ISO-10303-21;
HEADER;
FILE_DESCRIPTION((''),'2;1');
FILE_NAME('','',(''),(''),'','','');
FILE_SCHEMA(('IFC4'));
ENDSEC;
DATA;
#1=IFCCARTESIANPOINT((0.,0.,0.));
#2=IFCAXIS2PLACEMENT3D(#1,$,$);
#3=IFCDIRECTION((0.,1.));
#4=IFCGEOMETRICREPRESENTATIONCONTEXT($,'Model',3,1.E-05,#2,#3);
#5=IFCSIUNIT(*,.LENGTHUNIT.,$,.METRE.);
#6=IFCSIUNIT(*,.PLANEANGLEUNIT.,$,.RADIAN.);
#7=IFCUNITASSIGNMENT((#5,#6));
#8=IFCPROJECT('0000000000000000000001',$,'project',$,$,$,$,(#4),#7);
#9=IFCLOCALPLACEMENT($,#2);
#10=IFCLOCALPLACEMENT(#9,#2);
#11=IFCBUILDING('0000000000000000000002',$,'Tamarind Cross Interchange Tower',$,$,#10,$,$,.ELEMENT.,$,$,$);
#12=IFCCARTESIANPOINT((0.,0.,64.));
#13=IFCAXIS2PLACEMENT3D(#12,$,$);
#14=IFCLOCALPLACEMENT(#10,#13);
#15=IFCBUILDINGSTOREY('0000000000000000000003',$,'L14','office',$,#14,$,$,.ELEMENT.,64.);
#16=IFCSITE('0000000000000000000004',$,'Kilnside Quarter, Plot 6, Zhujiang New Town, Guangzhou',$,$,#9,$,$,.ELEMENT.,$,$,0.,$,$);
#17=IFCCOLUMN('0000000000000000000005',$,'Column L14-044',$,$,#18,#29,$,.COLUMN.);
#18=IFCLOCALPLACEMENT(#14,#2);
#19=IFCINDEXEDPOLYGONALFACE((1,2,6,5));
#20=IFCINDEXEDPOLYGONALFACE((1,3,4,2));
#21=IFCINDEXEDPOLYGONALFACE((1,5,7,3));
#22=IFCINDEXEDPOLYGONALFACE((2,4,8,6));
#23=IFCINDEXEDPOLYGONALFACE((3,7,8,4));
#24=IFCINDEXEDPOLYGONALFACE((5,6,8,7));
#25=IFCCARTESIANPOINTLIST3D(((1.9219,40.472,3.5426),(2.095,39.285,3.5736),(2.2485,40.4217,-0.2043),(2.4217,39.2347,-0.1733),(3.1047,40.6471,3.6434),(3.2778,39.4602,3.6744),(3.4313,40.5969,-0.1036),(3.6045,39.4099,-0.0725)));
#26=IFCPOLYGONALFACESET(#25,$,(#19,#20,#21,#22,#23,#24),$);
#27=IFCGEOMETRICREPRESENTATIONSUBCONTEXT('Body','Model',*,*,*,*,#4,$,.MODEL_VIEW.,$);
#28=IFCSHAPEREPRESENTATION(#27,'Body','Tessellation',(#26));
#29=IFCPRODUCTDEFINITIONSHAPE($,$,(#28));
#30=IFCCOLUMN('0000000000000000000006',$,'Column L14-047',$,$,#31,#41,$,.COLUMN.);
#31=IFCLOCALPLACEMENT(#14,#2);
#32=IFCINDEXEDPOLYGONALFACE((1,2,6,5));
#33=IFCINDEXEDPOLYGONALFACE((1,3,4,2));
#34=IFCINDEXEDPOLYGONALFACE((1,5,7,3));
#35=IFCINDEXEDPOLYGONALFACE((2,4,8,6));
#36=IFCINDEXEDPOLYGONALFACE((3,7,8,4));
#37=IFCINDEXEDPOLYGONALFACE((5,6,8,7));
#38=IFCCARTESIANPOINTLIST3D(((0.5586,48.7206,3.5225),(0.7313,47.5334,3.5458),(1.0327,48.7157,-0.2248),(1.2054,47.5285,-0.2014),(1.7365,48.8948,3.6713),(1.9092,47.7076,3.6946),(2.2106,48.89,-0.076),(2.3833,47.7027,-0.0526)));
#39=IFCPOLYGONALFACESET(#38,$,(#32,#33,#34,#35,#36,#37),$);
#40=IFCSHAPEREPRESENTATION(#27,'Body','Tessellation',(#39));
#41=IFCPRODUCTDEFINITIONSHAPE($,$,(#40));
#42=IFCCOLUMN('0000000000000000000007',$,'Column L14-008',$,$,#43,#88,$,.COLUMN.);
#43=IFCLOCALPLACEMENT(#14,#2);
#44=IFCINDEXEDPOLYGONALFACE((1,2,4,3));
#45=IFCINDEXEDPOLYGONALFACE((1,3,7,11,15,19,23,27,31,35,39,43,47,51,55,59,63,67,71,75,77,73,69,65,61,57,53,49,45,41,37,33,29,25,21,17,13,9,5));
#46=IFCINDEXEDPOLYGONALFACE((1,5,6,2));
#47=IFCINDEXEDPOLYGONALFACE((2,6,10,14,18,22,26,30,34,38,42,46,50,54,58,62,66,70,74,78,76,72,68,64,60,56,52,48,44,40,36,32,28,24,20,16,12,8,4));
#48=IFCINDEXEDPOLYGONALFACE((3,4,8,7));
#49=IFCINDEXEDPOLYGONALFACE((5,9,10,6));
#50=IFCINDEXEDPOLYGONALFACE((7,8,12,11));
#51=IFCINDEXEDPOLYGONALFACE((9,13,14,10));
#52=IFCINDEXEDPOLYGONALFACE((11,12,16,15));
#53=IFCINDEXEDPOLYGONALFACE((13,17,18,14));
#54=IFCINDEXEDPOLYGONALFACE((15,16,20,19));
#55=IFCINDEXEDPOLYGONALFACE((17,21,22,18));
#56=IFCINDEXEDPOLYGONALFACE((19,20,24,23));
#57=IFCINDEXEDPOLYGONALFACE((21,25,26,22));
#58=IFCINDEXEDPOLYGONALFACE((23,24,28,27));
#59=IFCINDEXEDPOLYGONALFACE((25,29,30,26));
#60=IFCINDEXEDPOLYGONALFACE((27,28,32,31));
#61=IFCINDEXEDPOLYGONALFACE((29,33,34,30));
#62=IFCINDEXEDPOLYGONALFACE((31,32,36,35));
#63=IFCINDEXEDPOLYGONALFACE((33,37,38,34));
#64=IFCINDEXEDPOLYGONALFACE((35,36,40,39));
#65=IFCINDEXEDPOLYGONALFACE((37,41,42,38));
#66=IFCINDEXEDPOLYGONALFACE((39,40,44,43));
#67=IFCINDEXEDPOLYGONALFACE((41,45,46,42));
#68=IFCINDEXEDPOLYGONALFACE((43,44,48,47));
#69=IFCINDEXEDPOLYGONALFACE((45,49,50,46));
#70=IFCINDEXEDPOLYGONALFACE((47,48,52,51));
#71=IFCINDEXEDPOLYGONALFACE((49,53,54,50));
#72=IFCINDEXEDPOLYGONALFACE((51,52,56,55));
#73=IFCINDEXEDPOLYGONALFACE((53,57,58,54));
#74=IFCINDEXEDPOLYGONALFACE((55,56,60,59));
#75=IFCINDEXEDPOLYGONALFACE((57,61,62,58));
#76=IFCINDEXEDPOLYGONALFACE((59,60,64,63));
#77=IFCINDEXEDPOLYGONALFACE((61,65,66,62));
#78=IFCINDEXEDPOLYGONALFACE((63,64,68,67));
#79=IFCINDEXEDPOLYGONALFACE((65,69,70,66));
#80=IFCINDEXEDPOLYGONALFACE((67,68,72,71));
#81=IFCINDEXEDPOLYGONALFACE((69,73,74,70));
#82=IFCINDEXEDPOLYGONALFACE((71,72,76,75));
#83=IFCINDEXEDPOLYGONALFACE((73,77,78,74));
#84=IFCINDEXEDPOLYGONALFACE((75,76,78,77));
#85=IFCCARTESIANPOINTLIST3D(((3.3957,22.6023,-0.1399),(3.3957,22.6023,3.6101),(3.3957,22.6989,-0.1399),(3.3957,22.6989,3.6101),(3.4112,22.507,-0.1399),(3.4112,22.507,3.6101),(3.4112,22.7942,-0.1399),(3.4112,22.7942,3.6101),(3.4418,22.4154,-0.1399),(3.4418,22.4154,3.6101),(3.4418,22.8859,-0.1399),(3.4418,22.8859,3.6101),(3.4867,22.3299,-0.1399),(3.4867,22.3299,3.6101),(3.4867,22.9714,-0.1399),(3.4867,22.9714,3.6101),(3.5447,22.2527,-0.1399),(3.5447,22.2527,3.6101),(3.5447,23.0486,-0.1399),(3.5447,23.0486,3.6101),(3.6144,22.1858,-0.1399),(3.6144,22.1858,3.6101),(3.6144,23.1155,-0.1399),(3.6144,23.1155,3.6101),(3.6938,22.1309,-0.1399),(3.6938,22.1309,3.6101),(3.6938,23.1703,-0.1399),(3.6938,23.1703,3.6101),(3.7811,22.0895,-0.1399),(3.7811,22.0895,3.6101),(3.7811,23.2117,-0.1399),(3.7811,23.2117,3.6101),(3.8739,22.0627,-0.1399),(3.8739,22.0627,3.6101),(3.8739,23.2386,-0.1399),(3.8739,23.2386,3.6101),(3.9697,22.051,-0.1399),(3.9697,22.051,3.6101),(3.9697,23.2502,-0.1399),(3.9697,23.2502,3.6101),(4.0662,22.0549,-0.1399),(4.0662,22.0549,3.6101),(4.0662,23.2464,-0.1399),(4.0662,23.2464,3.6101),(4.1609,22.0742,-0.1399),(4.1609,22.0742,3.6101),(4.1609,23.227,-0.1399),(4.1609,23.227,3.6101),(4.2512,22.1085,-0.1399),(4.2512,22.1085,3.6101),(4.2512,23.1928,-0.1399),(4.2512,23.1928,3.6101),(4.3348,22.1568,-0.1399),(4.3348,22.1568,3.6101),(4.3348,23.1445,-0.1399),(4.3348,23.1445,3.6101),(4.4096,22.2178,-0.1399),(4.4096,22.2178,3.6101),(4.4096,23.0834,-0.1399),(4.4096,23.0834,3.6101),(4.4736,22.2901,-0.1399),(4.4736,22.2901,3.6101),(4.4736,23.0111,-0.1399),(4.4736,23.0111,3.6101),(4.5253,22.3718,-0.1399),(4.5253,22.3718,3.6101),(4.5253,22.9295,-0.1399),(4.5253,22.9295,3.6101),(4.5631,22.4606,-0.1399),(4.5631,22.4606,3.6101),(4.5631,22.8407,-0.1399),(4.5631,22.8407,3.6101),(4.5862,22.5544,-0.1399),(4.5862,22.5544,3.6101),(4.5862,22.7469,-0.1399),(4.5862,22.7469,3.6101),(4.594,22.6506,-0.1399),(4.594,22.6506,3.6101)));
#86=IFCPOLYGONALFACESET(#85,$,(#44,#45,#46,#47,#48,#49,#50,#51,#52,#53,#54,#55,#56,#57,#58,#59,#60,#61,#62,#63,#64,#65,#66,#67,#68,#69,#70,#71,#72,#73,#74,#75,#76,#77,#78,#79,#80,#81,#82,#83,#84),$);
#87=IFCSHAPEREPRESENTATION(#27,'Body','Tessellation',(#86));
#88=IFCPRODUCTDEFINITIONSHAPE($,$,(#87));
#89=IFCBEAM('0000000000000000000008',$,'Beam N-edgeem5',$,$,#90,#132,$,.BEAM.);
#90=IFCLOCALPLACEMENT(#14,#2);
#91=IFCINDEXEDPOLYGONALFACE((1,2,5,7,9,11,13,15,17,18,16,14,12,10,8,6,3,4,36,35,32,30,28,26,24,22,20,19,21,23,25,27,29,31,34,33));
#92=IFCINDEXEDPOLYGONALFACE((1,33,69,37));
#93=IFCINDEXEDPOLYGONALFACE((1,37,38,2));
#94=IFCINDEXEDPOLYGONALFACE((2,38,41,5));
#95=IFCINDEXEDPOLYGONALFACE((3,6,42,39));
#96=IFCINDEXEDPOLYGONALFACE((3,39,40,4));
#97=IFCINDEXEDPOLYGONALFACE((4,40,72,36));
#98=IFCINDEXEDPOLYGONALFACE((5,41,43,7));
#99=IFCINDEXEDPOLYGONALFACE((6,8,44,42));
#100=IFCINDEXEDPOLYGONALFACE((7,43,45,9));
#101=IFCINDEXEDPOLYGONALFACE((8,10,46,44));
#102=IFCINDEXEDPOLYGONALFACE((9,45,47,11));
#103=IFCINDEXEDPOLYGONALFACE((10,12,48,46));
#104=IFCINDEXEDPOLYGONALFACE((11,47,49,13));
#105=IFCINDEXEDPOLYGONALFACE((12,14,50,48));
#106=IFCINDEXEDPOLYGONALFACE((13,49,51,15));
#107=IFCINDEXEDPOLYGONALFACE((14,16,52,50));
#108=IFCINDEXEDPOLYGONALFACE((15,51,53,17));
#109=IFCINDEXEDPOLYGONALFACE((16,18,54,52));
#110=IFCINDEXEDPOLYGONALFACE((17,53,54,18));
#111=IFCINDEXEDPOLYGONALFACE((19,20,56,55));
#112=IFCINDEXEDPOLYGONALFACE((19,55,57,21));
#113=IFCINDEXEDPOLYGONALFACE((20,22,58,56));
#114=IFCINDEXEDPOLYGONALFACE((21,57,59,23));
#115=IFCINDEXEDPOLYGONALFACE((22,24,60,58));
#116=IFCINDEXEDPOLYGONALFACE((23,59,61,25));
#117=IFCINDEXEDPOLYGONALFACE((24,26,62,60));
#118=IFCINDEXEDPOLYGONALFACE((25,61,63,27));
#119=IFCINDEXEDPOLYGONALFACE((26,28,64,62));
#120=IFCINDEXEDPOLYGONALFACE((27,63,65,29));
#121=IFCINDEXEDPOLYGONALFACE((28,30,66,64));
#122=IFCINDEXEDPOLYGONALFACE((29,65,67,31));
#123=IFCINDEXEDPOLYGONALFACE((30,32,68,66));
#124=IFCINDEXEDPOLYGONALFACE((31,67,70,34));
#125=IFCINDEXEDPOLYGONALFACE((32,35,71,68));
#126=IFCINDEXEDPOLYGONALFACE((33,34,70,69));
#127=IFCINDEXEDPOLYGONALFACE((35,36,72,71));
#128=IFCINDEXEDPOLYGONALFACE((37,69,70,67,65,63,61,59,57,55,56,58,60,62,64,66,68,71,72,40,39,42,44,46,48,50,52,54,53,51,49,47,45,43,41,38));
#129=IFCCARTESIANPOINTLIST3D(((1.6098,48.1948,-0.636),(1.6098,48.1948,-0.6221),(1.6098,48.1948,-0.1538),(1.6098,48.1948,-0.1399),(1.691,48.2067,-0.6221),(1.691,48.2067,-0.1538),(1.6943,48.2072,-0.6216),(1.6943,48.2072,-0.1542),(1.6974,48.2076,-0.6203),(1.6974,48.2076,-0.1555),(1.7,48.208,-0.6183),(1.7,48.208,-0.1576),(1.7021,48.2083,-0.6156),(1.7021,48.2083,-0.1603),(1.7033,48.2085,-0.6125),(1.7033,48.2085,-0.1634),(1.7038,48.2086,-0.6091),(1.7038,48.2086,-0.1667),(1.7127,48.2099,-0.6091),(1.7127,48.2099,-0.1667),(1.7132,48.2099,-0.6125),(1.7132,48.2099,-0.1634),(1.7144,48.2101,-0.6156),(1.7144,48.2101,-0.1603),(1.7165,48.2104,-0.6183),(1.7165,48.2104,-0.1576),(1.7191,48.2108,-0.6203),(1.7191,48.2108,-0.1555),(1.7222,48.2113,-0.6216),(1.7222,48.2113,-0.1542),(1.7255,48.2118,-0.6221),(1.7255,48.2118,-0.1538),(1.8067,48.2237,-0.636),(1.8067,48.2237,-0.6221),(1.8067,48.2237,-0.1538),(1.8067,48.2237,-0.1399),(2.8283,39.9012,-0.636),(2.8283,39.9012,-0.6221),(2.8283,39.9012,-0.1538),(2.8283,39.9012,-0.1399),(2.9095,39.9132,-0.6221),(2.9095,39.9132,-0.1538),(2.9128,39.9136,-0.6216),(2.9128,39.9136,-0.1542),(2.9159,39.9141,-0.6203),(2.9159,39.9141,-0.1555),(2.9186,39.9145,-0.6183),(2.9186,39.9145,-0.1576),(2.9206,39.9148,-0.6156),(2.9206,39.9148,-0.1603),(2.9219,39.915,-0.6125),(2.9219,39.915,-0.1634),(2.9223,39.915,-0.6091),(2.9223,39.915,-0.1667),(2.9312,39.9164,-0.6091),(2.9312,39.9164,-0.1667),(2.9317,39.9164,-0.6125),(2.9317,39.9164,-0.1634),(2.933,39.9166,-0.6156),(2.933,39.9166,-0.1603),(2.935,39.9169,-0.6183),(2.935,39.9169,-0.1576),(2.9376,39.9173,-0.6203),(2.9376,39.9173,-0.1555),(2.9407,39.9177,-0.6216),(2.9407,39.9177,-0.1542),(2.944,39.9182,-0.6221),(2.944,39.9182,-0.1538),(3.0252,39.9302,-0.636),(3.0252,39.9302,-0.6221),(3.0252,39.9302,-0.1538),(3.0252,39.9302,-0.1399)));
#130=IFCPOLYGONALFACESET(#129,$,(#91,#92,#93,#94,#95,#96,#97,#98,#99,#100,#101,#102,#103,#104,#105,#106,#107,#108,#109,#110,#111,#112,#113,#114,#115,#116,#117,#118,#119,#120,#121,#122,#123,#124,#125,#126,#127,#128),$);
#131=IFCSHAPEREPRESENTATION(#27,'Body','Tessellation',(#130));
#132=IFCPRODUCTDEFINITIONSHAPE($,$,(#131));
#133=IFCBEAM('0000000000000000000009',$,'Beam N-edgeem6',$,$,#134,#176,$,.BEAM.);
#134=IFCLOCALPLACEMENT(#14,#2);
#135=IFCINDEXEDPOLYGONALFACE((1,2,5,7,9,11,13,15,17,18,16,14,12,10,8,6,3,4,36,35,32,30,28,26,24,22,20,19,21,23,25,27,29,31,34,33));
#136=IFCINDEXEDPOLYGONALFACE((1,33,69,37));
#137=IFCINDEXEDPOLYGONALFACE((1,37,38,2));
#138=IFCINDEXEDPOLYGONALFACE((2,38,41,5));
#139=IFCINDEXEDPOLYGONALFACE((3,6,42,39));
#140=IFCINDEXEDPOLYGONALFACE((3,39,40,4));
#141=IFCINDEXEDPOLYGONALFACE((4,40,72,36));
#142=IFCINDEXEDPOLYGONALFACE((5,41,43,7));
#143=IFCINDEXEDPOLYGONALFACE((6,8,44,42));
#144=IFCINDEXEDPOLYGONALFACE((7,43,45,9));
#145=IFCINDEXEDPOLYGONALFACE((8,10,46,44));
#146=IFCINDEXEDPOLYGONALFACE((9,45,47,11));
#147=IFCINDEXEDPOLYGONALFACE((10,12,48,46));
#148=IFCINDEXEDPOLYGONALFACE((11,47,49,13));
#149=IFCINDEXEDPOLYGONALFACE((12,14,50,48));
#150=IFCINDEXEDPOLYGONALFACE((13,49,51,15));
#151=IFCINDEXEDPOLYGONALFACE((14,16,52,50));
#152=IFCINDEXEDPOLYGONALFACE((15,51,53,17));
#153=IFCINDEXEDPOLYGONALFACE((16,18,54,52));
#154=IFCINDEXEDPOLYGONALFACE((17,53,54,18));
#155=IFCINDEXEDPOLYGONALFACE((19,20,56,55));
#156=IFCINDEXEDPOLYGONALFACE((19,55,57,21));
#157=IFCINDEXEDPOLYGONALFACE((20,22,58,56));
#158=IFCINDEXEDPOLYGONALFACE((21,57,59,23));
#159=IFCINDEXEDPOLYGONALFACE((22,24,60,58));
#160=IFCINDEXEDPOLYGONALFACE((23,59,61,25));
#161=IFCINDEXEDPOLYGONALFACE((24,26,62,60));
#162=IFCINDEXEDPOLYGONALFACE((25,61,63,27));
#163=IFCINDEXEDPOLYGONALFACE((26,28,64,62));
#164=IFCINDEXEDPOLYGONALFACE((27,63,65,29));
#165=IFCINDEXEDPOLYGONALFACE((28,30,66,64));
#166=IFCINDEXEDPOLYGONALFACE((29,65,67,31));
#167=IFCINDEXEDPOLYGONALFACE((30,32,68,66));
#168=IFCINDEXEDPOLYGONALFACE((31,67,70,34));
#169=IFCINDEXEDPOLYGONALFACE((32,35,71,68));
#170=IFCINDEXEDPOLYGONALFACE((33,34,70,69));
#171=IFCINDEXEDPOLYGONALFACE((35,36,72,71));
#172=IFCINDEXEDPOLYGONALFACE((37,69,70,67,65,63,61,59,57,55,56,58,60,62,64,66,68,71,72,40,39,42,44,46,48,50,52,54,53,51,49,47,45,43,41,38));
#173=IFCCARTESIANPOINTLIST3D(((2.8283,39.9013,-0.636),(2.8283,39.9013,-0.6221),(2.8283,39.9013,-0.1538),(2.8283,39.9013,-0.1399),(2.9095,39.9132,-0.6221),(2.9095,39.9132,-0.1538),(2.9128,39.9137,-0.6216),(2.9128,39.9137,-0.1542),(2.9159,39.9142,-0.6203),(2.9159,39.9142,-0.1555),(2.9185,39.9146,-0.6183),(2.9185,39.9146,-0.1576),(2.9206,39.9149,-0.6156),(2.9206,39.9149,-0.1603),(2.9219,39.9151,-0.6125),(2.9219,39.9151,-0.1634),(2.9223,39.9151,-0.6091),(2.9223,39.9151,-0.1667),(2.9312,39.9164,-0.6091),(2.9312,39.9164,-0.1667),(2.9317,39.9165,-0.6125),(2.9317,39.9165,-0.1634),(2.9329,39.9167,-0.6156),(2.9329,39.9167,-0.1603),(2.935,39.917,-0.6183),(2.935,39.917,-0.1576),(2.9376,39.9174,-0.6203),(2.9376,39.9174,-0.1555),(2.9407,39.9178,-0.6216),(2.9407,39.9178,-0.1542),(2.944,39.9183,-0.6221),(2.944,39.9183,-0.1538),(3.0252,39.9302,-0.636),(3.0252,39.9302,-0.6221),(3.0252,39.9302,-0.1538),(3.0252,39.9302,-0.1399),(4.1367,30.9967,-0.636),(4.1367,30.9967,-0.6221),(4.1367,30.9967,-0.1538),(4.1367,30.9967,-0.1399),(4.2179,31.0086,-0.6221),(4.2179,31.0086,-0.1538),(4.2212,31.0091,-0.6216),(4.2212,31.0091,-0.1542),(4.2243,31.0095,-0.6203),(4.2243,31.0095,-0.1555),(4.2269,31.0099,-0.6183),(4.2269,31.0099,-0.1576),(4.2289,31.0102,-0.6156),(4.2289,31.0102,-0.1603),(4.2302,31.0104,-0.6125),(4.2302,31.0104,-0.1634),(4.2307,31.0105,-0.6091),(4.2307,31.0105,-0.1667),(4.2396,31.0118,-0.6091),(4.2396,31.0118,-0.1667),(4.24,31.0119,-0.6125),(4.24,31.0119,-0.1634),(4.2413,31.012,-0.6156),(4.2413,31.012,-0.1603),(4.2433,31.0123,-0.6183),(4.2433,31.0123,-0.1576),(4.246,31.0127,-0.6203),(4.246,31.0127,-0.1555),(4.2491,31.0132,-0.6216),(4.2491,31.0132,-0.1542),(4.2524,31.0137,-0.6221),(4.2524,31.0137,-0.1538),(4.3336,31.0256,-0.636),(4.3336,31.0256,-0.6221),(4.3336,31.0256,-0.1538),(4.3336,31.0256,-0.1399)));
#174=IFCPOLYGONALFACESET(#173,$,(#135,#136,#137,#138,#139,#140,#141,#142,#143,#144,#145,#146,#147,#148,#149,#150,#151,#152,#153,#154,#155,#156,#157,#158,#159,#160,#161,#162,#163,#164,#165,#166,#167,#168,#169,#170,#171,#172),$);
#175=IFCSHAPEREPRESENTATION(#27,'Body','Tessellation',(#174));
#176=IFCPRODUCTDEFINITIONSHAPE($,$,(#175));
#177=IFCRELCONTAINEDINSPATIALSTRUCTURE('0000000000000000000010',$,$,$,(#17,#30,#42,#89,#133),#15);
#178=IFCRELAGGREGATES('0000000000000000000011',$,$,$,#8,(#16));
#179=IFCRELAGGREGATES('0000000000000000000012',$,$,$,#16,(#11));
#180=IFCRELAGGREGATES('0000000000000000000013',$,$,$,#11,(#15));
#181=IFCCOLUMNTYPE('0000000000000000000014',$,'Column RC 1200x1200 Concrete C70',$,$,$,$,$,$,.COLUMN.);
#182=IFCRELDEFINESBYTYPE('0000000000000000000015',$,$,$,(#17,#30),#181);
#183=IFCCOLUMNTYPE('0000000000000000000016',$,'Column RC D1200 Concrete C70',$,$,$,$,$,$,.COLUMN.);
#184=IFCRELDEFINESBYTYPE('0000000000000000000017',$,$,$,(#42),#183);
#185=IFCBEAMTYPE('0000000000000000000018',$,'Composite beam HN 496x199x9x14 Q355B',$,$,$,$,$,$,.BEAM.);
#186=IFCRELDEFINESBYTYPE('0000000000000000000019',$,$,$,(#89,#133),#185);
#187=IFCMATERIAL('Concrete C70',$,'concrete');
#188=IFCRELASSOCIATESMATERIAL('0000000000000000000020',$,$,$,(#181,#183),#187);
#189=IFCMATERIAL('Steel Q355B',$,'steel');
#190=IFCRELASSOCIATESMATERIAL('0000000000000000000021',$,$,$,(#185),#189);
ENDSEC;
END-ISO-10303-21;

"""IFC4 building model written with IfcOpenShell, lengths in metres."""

from ifc_helpers import new_model, si_unit, direction, frame, origin, origin_2d, place, context, subcontext, project, spatial, rectangle, circle, i_section, extrude, material, material_profile, profile_set, type_object, element, save


model = new_model("IFC4")

# Units and contexts
model_context = context("Model", 3, precision=1e-05, world=origin(), true_north=direction((0.0, 1.0)))
body_context = subcontext(model_context, "Body", "Model", "MODEL_VIEW")
ifc_project = project(units=[si_unit("LENGTHUNIT", "METRE"), si_unit("PLANEANGLEUNIT", "RADIAN")], contexts=[model_context])

# Site, building, storey
site_placement = place(None, origin())
site = spatial("IfcSite", under=ifc_project, at=site_placement, Name="Kilnside Quarter, Plot 6, Zhujiang New Town, Guangzhou", CompositionType="ELEMENT", RefElevation=0.0)
building_placement = place(site_placement, origin())
building = spatial("IfcBuilding", under=site, at=building_placement, Name="Tamarind Cross Interchange Tower", CompositionType="ELEMENT")
storey_placement = place(building_placement, frame((0.0, 0.0, 64.0)))
storey = spatial("IfcBuildingStorey", under=building, at=storey_placement, Name="L14", Description="office", CompositionType="ELEMENT", Elevation=64.0)

# Columns
ifc_material_1 = material(Name="Concrete C70", Category="concrete")
ifc_material_profile_1 = material_profile(ifc_material_1, rectangle(XDim=1.2, YDim=1.2, at=origin_2d()), Name="RC 1200x1200")
ifc_profile_set_1 = profile_set([ifc_material_profile_1], Name="Concrete C70")
column_type_1 = type_object("IfcColumnType", Name="Column RC 1200x1200 Concrete C70", PredefinedType="COLUMN", material=ifc_profile_set_1)
column_1_placement = place(storey_placement, frame((2.9265, 39.9158, -0.1384), z_axis=(-0.086846, 0.013371, 0.996132), x_axis=(0.144292, -0.989197, 0.025858)))
element("IfcColumn", 1, at=column_1_placement, inside=storey, type_object=column_type_1, Name="Column L14-044", PredefinedType="COLUMN", context=body_context, shape_type="SweptSolid", body=[
    extrude(rectangle(XDim=1.2, YDim=1.2, at=origin_2d()), origin(), (0.0, 0.0, 1.0), 3.7615),
])
column_2_placement = place(storey_placement, frame((1.708, 48.2092, -0.1387), z_axis=(-0.125522, 0.001293, 0.99209), x_axis=(0.143888, -0.989402, 0.019494)))
element("IfcColumn", 2, at=column_2_placement, inside=storey, type_object=column_type_1, Name="Column L14-047", PredefinedType="COLUMN", context=body_context, shape_type="SweptSolid", body=[
    extrude(rectangle(XDim=1.2, YDim=1.2, at=origin_2d()), origin(), (0.0, 0.0, 1.0), 3.7771),
])
ifc_material_profile_2 = material_profile(ifc_material_1, circle(Radius=0.6001, at=origin_2d()), Name="RC D1200")
ifc_profile_set_2 = profile_set([ifc_material_profile_2], Name="Concrete C70")
column_type_2 = type_object("IfcColumnType", Name="Column RC D1200 Concrete C70", PredefinedType="COLUMN", material=ifc_profile_set_2)
column_3_placement = place(storey_placement, frame((3.9939, 22.6506, -0.1399), z_axis=(0.0, 0.0, 1.0), x_axis=(1.0, 0.0, 0.0)))
element("IfcColumn", 3, at=column_3_placement, inside=storey, type_object=column_type_2, Name="Column L14-008", PredefinedType="COLUMN", context=body_context, shape_type="SweptSolid", body=[
    extrude(circle(Radius=0.6001, at=origin_2d()), origin(), (0.0, 0.0, 1.0), 3.75),
])

# Beams
ifc_material_2 = material(Name="Steel Q355B", Category="steel")
ifc_material_profile_3 = material_profile(ifc_material_2, i_section(OverallWidth=0.199, OverallDepth=0.4961, WebThickness=0.009, FlangeThickness=0.0139, FilletRadius=0.0129, at=origin_2d()), Name="HN 496x199x9x14")
ifc_profile_set_3 = profile_set([ifc_material_profile_3], Name="Steel Q355B")
beam_type_1 = type_object("IfcBeamType", Name="Composite beam HN 496x199x9x14 Q355B", PredefinedType="BEAM", material=ifc_profile_set_3)
beam_1_placement = place(storey_placement, frame((1.7083, 48.2092, -0.3879), z_axis=(0.145363, -0.989378, 0.0), x_axis=(0.989378, 0.145363, 0.0)))
element("IfcBeam", 4, at=beam_1_placement, inside=storey, type_object=beam_type_1, Name="Beam N-edgeem5", PredefinedType="BEAM", context=body_context, shape_type="SweptSolid", body=[
    extrude(i_section(OverallWidth=0.199, OverallDepth=0.4961, WebThickness=0.009, FlangeThickness=0.0139, FilletRadius=0.0129, at=origin_2d()), origin(), (0.0, 0.0, 1.0), 8.3826),
])
beam_2_placement = place(storey_placement, frame((2.9268, 39.9158, -0.3879), z_axis=(0.14537, -0.989377, 0.0), x_axis=(0.989377, 0.14537, 0.0)))
element("IfcBeam", 5, at=beam_2_placement, inside=storey, type_object=beam_type_1, Name="Beam N-edgeem6", PredefinedType="BEAM", context=body_context, shape_type="SweptSolid", body=[
    extrude(i_section(OverallWidth=0.199, OverallDepth=0.4961, WebThickness=0.009, FlangeThickness=0.0139, FilletRadius=0.0129, at=origin_2d()), origin(), (0.0, 0.0, 1.0), 9.0002),
])

save(model, "model.ifc")
